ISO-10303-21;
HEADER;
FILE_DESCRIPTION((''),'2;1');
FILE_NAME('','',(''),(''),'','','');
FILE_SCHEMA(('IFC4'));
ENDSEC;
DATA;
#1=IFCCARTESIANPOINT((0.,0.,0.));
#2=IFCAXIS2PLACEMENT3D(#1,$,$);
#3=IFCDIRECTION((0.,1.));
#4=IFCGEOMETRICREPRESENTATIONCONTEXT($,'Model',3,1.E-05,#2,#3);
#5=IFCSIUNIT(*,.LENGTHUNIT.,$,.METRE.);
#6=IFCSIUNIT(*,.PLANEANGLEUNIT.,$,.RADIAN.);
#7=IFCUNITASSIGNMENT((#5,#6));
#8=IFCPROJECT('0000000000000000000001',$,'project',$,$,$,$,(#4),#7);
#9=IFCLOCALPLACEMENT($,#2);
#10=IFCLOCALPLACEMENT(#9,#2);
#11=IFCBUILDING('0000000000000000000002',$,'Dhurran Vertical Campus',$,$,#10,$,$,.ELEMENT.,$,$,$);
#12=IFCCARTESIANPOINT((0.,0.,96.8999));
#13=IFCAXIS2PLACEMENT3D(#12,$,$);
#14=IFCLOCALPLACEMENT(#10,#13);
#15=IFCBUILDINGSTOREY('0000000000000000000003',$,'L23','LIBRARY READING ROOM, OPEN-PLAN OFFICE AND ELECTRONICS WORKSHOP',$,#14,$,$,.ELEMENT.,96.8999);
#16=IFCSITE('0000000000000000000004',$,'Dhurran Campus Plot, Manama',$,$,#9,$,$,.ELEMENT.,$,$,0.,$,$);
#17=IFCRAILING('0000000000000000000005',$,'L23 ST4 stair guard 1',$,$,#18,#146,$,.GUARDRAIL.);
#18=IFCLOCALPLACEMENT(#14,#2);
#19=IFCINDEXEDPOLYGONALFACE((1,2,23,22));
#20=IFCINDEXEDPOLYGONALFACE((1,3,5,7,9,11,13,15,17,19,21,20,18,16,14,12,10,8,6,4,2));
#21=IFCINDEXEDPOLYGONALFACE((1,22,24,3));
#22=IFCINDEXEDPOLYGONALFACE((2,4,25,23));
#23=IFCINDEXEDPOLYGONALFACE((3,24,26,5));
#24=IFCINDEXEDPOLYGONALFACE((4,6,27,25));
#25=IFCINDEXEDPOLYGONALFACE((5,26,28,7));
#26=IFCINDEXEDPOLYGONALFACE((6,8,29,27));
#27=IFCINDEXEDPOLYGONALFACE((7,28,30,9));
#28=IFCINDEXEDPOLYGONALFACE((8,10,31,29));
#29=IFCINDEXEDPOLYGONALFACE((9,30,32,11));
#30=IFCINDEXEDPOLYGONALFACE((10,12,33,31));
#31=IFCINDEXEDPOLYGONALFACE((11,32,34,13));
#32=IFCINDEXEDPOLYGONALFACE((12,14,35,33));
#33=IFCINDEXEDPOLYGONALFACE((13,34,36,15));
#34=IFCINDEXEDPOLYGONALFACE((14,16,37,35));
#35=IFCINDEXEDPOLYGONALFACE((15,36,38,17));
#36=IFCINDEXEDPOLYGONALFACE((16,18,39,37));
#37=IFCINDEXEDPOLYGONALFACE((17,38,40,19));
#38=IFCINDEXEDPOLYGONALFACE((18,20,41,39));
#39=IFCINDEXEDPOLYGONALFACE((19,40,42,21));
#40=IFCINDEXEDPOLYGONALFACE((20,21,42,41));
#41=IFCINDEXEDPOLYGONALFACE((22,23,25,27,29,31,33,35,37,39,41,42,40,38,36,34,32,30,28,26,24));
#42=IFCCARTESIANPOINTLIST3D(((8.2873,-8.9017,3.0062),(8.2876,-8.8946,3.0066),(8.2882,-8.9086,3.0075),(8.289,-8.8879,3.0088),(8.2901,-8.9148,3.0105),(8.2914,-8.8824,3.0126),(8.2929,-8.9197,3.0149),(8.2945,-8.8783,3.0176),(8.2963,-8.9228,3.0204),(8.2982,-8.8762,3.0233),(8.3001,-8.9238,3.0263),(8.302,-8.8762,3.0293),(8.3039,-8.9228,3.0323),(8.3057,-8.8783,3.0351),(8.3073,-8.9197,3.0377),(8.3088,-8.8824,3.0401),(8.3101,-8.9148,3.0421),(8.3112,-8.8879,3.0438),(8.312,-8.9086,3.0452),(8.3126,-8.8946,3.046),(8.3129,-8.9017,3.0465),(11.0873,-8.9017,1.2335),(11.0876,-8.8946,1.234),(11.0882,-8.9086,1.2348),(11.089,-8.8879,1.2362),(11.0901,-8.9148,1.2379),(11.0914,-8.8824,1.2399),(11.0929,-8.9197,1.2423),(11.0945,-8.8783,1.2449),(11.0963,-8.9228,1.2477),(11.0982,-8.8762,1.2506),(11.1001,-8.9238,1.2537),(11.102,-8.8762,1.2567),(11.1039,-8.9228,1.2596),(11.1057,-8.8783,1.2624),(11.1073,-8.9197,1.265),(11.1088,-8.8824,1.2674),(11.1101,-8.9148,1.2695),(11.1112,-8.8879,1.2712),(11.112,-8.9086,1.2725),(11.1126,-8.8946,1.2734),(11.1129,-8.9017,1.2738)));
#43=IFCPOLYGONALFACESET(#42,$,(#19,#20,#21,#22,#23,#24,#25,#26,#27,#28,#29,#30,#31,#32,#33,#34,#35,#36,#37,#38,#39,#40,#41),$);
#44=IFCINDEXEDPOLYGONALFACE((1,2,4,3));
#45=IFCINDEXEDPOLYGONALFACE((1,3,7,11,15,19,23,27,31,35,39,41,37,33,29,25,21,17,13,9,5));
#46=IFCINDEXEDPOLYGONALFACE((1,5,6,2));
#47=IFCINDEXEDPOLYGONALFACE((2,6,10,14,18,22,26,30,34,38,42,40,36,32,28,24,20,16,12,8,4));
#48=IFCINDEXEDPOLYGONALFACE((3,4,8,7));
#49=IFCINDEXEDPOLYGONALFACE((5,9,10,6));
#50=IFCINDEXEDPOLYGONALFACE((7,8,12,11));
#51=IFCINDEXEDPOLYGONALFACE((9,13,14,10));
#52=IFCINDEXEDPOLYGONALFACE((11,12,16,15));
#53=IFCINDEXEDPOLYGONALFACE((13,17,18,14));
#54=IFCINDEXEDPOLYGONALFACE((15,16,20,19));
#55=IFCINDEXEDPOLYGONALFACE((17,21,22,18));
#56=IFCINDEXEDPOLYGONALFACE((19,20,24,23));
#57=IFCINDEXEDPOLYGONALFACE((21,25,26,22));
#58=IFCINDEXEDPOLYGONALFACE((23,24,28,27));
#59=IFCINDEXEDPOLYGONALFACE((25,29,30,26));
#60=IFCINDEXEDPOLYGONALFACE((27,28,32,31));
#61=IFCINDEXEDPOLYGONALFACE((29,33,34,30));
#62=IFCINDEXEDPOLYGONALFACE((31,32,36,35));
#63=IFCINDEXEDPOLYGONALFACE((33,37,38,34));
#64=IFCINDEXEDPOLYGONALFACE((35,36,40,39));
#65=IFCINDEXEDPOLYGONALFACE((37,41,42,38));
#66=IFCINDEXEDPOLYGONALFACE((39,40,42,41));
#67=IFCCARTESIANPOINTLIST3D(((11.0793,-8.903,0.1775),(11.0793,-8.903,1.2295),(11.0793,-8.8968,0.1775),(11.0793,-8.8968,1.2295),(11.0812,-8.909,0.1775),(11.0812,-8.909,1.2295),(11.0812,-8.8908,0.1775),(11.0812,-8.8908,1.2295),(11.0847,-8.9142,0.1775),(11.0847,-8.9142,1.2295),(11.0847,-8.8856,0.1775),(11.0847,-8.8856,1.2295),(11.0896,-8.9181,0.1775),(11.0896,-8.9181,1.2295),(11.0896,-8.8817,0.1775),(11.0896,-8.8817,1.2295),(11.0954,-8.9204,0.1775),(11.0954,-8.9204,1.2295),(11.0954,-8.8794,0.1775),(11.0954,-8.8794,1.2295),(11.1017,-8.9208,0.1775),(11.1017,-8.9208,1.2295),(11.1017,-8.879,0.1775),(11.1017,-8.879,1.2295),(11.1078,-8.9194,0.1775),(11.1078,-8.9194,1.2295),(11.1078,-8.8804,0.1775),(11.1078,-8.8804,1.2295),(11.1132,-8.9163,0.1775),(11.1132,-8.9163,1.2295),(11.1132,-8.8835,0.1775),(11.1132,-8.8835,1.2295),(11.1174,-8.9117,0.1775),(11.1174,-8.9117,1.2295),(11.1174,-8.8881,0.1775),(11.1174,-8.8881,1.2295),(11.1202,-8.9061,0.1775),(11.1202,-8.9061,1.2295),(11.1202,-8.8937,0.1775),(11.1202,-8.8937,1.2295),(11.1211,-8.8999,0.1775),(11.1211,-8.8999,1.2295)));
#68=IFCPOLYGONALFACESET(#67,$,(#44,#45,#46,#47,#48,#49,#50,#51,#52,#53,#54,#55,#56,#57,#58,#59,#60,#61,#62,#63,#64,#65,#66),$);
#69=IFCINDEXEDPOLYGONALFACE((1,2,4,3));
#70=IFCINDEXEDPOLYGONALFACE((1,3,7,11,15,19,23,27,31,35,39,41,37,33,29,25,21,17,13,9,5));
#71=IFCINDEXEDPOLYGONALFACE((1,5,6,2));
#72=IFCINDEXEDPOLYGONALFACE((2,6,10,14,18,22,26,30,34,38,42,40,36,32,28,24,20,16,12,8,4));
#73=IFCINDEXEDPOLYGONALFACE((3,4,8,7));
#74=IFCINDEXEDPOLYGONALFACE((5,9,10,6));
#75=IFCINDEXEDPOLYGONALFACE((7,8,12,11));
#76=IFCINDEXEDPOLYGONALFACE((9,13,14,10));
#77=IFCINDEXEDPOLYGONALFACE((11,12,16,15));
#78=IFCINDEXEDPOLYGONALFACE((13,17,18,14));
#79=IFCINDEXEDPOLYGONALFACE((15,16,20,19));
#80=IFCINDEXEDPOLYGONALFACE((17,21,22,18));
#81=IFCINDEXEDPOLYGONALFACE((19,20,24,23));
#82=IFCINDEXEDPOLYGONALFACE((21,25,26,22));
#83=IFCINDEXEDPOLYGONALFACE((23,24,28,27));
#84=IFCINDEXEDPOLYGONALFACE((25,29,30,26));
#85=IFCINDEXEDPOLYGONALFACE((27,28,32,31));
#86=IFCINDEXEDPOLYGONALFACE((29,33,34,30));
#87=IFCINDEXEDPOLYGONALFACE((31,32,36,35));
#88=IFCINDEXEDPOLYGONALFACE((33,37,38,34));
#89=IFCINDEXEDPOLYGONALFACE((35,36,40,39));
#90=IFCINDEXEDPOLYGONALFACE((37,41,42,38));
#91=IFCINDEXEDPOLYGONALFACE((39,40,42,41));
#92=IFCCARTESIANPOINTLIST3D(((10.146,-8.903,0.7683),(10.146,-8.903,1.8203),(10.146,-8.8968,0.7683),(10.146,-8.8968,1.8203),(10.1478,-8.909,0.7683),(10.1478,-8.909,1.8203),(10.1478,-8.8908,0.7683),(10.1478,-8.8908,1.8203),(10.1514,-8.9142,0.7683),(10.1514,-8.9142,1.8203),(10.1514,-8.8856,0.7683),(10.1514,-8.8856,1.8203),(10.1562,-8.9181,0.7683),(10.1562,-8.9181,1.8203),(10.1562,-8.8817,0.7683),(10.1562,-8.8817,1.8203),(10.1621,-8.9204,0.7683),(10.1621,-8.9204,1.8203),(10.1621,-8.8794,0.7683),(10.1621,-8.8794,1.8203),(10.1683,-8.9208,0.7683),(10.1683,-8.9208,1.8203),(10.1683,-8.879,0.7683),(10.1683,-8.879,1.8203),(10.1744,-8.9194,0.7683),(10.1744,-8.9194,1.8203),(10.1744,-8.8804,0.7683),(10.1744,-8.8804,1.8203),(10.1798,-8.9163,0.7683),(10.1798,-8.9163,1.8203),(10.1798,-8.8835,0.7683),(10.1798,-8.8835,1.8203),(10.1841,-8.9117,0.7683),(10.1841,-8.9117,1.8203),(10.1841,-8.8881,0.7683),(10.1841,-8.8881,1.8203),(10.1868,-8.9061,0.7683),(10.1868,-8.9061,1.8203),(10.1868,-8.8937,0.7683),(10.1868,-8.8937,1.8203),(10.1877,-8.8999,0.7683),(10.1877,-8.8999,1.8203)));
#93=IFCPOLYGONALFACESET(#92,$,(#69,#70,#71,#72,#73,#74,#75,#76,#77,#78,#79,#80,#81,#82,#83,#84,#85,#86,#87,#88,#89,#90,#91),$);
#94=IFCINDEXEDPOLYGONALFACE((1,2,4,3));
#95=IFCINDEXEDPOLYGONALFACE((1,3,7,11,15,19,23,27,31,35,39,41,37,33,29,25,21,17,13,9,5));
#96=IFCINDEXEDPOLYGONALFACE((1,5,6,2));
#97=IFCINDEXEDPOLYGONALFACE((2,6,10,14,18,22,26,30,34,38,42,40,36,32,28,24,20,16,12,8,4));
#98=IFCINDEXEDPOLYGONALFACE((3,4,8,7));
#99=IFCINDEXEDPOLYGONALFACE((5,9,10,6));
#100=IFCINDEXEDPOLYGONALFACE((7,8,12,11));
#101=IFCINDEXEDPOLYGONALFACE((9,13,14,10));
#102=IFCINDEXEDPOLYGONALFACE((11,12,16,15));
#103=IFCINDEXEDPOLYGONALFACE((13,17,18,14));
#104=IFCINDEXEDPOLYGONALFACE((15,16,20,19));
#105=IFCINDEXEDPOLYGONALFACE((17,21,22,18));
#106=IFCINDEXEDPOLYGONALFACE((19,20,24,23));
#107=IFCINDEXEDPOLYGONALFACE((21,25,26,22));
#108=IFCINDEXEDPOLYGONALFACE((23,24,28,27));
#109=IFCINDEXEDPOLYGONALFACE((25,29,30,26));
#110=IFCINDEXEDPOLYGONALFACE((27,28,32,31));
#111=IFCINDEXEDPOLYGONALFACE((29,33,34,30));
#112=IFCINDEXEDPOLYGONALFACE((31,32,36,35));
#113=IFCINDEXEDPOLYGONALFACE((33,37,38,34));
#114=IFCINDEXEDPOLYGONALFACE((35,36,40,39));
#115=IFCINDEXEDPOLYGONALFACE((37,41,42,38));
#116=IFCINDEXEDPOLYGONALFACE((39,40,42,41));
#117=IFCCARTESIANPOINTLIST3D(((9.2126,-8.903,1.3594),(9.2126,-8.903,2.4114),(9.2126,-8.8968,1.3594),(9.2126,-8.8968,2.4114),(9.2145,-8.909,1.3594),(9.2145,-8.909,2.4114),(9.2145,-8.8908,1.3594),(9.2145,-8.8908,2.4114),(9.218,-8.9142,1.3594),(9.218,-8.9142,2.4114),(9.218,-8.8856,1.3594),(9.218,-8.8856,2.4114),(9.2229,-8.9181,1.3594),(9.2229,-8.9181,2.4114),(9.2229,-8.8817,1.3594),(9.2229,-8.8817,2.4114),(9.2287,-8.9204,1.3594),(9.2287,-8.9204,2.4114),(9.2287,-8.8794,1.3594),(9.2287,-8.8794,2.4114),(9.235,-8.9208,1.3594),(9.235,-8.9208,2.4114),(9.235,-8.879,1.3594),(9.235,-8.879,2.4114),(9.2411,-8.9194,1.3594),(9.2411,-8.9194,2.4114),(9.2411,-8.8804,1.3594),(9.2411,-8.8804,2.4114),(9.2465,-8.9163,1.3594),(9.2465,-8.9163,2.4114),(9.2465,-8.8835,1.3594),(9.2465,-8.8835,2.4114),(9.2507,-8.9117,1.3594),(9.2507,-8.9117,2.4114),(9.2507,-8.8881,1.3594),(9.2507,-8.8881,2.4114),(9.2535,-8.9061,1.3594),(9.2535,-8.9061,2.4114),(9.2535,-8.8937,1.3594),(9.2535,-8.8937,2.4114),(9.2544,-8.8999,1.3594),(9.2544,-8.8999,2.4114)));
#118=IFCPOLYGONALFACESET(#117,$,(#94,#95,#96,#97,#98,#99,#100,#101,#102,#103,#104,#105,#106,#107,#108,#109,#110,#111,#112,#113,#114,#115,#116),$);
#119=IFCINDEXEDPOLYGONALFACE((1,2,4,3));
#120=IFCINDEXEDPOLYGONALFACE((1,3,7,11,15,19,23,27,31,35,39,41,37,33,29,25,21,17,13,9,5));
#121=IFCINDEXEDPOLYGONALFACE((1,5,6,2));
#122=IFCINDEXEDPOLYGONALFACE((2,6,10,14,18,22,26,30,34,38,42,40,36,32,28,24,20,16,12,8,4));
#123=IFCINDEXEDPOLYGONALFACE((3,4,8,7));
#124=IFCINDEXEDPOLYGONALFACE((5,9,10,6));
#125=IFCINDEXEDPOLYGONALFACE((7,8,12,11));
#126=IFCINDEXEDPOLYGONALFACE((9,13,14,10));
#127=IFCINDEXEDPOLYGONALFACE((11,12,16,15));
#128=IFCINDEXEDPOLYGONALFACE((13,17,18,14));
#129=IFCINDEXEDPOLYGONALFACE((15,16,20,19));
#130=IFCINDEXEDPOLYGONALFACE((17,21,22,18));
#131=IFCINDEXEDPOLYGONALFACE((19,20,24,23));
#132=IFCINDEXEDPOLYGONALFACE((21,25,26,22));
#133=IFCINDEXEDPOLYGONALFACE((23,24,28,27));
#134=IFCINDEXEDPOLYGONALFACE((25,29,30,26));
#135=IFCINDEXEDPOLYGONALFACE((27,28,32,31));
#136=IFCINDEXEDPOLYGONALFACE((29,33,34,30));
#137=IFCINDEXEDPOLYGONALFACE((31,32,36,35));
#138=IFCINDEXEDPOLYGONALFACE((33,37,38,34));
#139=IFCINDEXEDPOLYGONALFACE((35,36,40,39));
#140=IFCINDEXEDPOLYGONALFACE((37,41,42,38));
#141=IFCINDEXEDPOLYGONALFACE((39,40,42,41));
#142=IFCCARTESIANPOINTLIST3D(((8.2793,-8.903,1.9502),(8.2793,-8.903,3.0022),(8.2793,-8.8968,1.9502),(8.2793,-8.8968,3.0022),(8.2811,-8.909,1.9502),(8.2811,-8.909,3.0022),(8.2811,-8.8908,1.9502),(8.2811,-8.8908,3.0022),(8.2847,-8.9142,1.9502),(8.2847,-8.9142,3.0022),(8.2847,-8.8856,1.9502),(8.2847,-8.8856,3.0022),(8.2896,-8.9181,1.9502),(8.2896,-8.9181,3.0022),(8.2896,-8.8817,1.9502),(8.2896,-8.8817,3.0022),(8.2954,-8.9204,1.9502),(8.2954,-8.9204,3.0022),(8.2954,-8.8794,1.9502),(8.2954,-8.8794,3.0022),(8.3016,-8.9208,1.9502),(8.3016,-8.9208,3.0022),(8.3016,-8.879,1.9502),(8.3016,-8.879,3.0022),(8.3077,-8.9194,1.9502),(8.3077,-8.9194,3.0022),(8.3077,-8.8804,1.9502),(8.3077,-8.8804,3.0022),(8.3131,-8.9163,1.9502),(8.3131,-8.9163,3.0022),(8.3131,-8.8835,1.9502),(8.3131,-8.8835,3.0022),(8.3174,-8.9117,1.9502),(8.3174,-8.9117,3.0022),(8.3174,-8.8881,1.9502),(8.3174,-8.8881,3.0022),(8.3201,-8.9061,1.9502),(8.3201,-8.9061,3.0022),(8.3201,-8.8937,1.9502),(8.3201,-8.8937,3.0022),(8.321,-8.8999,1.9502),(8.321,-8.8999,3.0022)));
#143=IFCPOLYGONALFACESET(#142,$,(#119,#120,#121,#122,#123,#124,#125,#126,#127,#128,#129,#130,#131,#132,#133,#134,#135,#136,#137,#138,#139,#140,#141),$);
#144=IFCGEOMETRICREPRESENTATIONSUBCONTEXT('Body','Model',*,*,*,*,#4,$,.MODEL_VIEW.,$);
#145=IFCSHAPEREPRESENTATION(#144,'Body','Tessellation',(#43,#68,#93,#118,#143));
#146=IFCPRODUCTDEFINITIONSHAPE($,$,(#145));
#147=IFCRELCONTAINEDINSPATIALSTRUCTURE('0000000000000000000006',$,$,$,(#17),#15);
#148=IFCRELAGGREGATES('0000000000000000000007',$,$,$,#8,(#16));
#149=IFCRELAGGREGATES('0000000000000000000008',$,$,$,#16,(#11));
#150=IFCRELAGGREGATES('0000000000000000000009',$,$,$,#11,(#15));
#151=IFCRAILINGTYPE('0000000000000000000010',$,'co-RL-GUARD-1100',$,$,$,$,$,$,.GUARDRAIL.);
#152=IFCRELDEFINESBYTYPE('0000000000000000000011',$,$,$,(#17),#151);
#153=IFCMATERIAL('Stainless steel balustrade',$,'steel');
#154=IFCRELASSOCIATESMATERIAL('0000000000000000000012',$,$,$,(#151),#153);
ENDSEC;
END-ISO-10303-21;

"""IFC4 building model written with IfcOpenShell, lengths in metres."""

from ifc_helpers import new_model, si_unit, direction, frame, origin, origin_2d, place, context, subcontext, project, spatial, circle, extrude, material, type_object, element, save


model = new_model("IFC4")

# Units and contexts
model_context = context("Model", 3, precision=1e-05, world=origin(), true_north=direction((0.0, 1.0)))
body_context = subcontext(model_context, "Body", "Model", "MODEL_VIEW")
ifc_project = project(units=[si_unit("LENGTHUNIT", "METRE"), si_unit("PLANEANGLEUNIT", "RADIAN")], contexts=[model_context])

# Site, building, storey
site_placement = place(None, origin())
site = spatial("IfcSite", under=ifc_project, at=site_placement, Name="Dhurran Campus Plot, Manama", CompositionType="ELEMENT", RefElevation=0.0)
building_placement = place(site_placement, origin())
building = spatial("IfcBuilding", under=site, at=building_placement, Name="Dhurran Vertical Campus", CompositionType="ELEMENT")
storey_placement = place(building_placement, frame((0.0, 0.0, 96.8999)))
storey = spatial("IfcBuildingStorey", under=building, at=storey_placement, Name="L23", Description="LIBRARY READING ROOM, OPEN-PLAN OFFICE AND ELECTRONICS WORKSHOP", CompositionType="ELEMENT", Elevation=96.8999)

# Railing
ifc_material_1 = material(Name="Stainless steel balustrade", Category="steel")
railing_type_1 = type_object("IfcRailingType", Name="co-RL-GUARD-1100", PredefinedType="GUARDRAIL", material=ifc_material_1)
railing_1_placement = place(storey_placement, frame((11.1001, -8.8999, 0.1775)))
element("IfcRailing", 1, at=railing_1_placement, inside=storey, type_object=railing_type_1, Name="L23 ST4 stair guard 1", PredefinedType="GUARDRAIL", context=body_context, shape_type="SweptSolid", body=[
    extrude(circle(Radius=0.0239, at=origin_2d()), frame((0.0, 0.0, 1.0762), z_axis=(-0.844909, 0.0, 0.53491), x_axis=(0.0, -1.0, 0.0)), (0.0, 0.0, 1.0), 3.314),
    extrude(circle(Radius=0.021, at=origin_2d()), origin(), (0.0, 0.0, 1.0), 1.052),
    extrude(circle(Radius=0.021, at=origin_2d()), frame((-0.9333, 0.0, 0.5908)), (0.0, 0.0, 1.0), 1.052),
    extrude(circle(Radius=0.021, at=origin_2d()), frame((-1.8667, 0.0, 1.1819)), (0.0, 0.0, 1.0), 1.052),
    extrude(circle(Radius=0.021, at=origin_2d()), frame((-2.8, 0.0, 1.7727)), (0.0, 0.0, 1.0), 1.052),
])

save(model, "model.ifc")
